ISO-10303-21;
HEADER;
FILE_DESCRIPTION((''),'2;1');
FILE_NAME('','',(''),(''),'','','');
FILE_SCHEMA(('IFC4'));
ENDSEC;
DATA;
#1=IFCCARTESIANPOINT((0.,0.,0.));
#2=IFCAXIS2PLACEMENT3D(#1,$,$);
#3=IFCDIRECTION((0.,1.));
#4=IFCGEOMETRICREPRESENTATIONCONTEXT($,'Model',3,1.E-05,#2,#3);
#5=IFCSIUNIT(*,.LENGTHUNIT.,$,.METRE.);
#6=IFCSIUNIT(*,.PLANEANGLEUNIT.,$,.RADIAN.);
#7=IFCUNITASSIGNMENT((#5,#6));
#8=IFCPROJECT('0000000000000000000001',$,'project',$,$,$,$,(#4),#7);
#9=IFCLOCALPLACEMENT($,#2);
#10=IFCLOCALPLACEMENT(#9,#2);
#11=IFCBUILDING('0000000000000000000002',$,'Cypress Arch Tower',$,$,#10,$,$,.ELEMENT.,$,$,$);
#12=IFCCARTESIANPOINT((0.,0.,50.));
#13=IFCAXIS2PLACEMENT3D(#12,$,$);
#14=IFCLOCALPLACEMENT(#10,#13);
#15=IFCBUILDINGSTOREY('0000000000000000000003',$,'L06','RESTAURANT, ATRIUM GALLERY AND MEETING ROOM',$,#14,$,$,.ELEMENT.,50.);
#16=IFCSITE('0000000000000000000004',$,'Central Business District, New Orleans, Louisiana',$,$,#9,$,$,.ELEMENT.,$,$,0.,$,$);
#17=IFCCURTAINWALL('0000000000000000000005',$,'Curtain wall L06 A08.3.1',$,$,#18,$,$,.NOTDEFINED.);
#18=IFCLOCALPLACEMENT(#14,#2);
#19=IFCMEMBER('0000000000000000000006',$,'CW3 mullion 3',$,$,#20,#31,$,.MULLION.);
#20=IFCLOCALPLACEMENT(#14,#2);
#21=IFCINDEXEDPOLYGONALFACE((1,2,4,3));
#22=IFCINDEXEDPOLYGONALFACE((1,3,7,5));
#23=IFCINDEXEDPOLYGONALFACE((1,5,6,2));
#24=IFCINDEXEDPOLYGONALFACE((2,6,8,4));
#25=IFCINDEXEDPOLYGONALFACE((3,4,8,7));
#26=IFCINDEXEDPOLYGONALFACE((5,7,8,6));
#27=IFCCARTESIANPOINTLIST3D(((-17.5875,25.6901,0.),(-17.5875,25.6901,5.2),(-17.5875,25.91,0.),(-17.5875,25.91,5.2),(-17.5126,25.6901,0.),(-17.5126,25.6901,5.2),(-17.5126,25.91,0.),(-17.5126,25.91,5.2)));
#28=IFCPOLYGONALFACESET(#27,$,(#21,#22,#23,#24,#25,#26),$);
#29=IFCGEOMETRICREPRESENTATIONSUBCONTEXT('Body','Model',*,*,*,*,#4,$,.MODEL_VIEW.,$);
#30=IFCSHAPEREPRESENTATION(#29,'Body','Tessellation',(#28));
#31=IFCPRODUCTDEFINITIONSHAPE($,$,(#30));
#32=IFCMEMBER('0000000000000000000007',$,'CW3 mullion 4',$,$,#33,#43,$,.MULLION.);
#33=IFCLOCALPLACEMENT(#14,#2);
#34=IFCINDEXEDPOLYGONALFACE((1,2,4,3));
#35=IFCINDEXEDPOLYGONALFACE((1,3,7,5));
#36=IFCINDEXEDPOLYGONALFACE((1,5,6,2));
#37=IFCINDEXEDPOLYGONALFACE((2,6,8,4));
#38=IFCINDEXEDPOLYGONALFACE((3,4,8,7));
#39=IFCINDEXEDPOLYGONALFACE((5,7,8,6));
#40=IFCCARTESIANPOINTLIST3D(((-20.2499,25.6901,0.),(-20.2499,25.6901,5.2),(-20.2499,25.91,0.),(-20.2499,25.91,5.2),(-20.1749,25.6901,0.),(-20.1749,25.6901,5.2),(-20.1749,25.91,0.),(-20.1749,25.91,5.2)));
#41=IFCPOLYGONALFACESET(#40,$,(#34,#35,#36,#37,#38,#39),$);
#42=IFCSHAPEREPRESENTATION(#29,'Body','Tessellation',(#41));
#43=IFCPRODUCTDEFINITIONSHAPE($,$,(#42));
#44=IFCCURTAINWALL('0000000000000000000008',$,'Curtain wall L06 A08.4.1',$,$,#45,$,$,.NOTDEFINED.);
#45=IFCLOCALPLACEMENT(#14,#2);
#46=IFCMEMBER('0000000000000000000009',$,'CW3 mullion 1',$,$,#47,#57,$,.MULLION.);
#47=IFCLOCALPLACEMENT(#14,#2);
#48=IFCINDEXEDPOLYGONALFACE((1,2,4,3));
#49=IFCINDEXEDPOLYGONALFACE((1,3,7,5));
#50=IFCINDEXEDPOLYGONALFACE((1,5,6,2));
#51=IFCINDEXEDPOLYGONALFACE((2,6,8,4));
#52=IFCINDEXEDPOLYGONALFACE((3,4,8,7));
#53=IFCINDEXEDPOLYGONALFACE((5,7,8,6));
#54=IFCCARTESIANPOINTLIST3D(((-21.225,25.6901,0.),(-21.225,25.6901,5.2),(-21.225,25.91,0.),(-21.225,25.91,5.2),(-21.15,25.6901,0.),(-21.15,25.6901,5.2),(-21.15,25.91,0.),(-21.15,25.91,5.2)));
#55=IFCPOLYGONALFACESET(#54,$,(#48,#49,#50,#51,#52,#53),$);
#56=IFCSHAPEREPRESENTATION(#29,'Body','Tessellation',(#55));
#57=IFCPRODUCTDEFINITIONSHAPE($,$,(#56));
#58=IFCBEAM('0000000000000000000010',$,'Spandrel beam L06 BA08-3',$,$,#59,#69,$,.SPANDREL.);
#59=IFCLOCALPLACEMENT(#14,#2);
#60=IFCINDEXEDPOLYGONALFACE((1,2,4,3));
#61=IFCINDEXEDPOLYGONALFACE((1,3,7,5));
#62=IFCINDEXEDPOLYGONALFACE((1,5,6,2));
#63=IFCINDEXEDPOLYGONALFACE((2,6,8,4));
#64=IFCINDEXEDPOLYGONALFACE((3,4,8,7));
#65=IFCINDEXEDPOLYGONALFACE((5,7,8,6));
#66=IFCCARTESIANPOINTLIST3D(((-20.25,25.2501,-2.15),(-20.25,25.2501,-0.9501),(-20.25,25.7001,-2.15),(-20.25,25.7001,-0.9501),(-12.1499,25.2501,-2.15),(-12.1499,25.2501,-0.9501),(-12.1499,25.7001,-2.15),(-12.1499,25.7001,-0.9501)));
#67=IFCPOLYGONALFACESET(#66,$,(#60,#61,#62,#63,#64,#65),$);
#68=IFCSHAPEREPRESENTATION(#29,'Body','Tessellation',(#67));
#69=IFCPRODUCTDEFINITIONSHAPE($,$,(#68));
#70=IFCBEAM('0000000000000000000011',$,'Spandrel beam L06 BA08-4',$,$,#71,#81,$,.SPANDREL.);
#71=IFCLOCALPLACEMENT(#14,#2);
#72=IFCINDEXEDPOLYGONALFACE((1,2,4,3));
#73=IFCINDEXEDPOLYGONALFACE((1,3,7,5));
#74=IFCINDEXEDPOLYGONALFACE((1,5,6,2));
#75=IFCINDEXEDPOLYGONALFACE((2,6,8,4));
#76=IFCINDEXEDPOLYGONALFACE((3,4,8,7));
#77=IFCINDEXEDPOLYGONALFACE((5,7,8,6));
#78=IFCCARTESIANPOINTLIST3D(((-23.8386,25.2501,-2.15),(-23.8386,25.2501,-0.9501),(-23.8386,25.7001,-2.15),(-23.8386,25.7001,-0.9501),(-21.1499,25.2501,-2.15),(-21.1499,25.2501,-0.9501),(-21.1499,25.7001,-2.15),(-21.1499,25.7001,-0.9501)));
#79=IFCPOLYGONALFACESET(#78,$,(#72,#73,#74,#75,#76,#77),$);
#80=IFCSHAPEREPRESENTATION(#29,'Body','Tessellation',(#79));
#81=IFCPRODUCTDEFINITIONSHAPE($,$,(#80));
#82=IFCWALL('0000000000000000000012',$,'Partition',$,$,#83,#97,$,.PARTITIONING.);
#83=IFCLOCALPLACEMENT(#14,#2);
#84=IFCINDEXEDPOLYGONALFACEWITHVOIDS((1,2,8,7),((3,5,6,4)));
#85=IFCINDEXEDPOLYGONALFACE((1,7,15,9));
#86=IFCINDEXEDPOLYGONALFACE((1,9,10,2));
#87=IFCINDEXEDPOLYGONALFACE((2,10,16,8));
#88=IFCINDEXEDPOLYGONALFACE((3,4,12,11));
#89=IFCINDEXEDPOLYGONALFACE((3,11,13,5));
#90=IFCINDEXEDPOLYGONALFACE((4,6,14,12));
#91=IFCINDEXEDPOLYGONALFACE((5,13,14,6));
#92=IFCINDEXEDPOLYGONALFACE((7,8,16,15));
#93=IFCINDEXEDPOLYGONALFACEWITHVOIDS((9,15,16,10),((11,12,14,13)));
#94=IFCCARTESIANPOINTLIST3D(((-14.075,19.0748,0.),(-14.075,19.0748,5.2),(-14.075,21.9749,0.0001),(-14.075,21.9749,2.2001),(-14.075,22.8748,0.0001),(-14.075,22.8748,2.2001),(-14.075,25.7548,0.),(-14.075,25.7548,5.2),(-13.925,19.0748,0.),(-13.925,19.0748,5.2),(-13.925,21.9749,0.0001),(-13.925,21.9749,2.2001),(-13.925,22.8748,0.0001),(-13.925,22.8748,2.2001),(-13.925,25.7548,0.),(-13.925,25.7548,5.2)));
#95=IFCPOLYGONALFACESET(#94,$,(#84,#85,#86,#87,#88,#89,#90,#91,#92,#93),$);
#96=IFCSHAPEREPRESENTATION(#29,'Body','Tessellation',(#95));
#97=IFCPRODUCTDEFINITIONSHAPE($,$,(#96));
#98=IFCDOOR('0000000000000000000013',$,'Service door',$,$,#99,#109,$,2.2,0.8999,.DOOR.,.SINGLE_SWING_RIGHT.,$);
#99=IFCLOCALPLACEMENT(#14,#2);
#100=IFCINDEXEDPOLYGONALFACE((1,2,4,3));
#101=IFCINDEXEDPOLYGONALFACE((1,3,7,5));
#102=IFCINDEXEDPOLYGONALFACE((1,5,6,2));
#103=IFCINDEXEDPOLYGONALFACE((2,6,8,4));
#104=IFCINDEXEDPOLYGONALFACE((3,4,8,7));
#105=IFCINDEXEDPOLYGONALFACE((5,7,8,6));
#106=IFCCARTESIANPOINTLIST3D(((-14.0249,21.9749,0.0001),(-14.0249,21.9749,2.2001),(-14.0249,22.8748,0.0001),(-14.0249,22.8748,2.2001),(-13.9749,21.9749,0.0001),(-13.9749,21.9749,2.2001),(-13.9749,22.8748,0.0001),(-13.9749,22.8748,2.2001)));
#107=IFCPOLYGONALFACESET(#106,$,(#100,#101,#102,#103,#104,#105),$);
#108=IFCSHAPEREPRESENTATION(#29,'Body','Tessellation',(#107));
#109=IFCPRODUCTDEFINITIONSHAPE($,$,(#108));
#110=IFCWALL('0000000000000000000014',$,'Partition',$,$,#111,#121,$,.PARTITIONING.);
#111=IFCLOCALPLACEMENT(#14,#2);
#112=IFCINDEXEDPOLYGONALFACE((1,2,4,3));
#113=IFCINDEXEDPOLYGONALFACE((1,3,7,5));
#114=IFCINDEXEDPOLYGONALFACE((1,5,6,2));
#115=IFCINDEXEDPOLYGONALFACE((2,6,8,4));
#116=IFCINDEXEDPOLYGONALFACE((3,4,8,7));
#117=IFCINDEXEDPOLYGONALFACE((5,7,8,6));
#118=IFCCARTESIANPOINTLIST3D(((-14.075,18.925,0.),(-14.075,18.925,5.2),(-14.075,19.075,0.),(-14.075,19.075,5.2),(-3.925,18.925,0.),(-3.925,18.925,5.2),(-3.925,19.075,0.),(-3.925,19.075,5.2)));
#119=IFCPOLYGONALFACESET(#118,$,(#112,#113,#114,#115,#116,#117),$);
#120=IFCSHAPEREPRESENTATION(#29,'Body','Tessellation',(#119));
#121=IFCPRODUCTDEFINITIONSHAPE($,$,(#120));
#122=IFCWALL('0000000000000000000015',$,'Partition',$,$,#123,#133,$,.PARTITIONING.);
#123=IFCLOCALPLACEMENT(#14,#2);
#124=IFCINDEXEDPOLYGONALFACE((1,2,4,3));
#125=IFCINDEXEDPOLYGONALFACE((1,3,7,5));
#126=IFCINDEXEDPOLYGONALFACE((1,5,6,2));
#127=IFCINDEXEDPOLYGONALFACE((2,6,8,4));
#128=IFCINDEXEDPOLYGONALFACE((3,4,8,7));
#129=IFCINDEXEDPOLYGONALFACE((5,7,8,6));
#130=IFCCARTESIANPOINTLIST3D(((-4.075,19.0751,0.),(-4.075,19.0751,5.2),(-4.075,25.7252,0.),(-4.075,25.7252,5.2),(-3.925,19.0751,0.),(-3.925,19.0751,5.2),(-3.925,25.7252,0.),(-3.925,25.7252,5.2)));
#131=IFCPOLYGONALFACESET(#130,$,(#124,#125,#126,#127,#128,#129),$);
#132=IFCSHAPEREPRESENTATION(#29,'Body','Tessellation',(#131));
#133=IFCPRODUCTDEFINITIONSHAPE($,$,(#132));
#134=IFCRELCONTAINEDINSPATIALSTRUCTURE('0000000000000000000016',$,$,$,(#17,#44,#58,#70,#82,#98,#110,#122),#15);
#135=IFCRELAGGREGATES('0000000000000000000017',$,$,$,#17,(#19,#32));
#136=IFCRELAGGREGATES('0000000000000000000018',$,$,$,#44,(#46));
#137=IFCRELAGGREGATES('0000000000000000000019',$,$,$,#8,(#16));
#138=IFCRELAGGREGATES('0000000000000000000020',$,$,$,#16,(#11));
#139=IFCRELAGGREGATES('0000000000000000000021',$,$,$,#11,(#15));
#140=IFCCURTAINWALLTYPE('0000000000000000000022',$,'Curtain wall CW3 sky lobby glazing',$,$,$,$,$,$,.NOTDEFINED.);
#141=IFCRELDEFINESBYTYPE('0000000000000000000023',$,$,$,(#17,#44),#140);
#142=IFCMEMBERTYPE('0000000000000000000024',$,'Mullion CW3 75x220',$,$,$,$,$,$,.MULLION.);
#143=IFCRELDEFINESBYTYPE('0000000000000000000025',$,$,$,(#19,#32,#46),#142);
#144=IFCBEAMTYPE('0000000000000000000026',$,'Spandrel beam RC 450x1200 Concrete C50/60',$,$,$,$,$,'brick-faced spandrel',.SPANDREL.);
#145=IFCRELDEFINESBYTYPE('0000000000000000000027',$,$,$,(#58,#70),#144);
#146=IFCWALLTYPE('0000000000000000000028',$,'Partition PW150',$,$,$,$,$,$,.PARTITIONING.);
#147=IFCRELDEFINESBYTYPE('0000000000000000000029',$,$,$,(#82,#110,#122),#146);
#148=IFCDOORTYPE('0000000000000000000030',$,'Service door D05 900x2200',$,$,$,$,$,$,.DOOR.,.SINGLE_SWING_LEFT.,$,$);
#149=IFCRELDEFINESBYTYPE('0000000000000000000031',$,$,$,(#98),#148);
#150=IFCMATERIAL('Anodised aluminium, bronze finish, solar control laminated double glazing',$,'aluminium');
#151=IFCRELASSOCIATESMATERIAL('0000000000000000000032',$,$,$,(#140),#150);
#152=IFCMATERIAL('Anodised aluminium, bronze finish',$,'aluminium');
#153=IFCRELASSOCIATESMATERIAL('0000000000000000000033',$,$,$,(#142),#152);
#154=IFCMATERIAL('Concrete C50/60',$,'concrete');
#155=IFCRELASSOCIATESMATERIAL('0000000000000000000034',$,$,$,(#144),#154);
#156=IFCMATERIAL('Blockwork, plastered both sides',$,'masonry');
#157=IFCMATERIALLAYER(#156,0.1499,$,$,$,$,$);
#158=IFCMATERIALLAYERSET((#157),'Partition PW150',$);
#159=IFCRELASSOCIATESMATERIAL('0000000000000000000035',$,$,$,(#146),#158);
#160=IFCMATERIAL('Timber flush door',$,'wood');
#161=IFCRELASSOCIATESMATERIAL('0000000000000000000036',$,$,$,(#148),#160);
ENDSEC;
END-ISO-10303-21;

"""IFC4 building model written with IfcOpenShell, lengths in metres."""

from ifc_helpers import new_model, si_unit, direction, frame, frame_2d, origin, origin_2d, place, context, subcontext, project, spatial, rectangle, extrude, material, layer, layer_set, material_profile, profile_set, type_object, element, fill, aggregate, save


model = new_model("IFC4")

# Units and contexts
model_context = context("Model", 3, precision=1e-05, world=origin(), true_north=direction((0.0, 1.0)))
body_context = subcontext(model_context, "Body", "Model", "MODEL_VIEW")
ifc_project = project(units=[si_unit("LENGTHUNIT", "METRE"), si_unit("PLANEANGLEUNIT", "RADIAN")], contexts=[model_context])

# Site, building, storey
site_placement = place(None, origin())
site = spatial("IfcSite", under=ifc_project, at=site_placement, Name="Central Business District, New Orleans, Louisiana", CompositionType="ELEMENT", RefElevation=0.0)
building_placement = place(site_placement, origin())
building = spatial("IfcBuilding", under=site, at=building_placement, Name="Cypress Arch Tower", CompositionType="ELEMENT")
storey_placement = place(building_placement, frame((0.0, 0.0, 50.0)))
storey = spatial("IfcBuildingStorey", under=building, at=storey_placement, Name="L06", Description="RESTAURANT, ATRIUM GALLERY AND MEETING ROOM", CompositionType="ELEMENT", Elevation=50.0)

# Curtain wall, members
ifc_material_1 = material(Name="Anodised aluminium, bronze finish, solar control laminated double glazing", Category="aluminium")
curtain_wall_type = type_object("IfcCurtainWallType", Name="Curtain wall CW3 sky lobby glazing", PredefinedType="NOTDEFINED", material=ifc_material_1)
curtain_wall_1_placement = place(storey_placement, origin())
curtain_wall_1 = element("IfcCurtainWall", 1, at=curtain_wall_1_placement, inside=storey, type_object=curtain_wall_type, Name="Curtain wall L06 A08.3.1", PredefinedType="NOTDEFINED")
ifc_material_2 = material(Name="Anodised aluminium, bronze finish", Category="aluminium")
ifc_material_profile_1 = material_profile(ifc_material_2, rectangle(XDim=0.22, YDim=0.075, at=origin_2d()), Name="Mullion 75x220")
ifc_profile_set_1 = profile_set([ifc_material_profile_1], Name="Anodised aluminium, bronze finish")
member_type = type_object("IfcMemberType", Name="Mullion CW3 75x220", PredefinedType="MULLION", material=ifc_profile_set_1)
member_1_placement = place(storey_placement, frame((-17.55, 25.8, 0.0), z_axis=(0.0, 0.0, 1.0), x_axis=(0.0, -1.0, 0.0)))
member_1 = element("IfcMember", 2, at=member_1_placement, type_object=member_type, Name="CW3 mullion 3", PredefinedType="MULLION", context=body_context, shape_type="SweptSolid", body=[
    extrude(rectangle(XDim=0.22, YDim=0.075, at=origin_2d()), origin(), (0.0, 0.0, 1.0), 5.2),
])
member_2_placement = place(storey_placement, frame((-20.2124, 25.8, 0.0), z_axis=(0.0, 0.0, 1.0), x_axis=(0.0, -1.0, 0.0)))
member_2 = element("IfcMember", 3, at=member_2_placement, type_object=member_type, Name="CW3 mullion 4", PredefinedType="MULLION", context=body_context, shape_type="SweptSolid", body=[
    extrude(rectangle(XDim=0.22, YDim=0.075, at=origin_2d()), origin(), (0.0, 0.0, 1.0), 5.2),
])
aggregate(curtain_wall_1, [member_1, member_2])

# Curtain wall, member
curtain_wall_2_placement = place(storey_placement, origin())
curtain_wall_2 = element("IfcCurtainWall", 4, at=curtain_wall_2_placement, inside=storey, type_object=curtain_wall_type, Name="Curtain wall L06 A08.4.1", PredefinedType="NOTDEFINED")
member_3_placement = place(storey_placement, frame((-21.1875, 25.8, 0.0), z_axis=(0.0, 0.0, 1.0), x_axis=(0.0, -1.0, 0.0)))
member_3 = element("IfcMember", 5, at=member_3_placement, type_object=member_type, Name="CW3 mullion 1", PredefinedType="MULLION", context=body_context, shape_type="SweptSolid", body=[
    extrude(rectangle(XDim=0.22, YDim=0.075, at=origin_2d()), origin(), (0.0, 0.0, 1.0), 5.2),
])
aggregate(curtain_wall_2, [member_3])

# Beams
ifc_material_3 = material(Name="Concrete C50/60", Category="concrete")
ifc_material_profile_2 = material_profile(ifc_material_3, rectangle(XDim=0.45, YDim=1.2, at=origin_2d()), Name="RC 450x1200")
ifc_profile_set_2 = profile_set([ifc_material_profile_2], Name="Concrete C50/60")
beam_type_1 = type_object("IfcBeamType", Name="Spandrel beam RC 450x1200 Concrete C50/60", ElementType="brick-faced spandrel", PredefinedType="SPANDREL", material=ifc_profile_set_2)
beam_1_placement = place(storey_placement, frame((-12.1499, 25.4751, -1.55), z_axis=(-1.0, 0.0, 0.0), x_axis=(0.0, -1.0, 0.0)))
element("IfcBeam", 6, at=beam_1_placement, inside=storey, type_object=beam_type_1, Name="Spandrel beam L06 BA08-3", PredefinedType="SPANDREL", context=body_context, shape_type="SweptSolid", body=[
    extrude(rectangle(XDim=0.45, YDim=1.2, at=origin_2d()), origin(), (0.0, 0.0, 1.0), 8.1001),
])
beam_2_placement = place(storey_placement, frame((-21.1499, 25.4751, -1.55), z_axis=(-1.0, 0.0, 0.0), x_axis=(0.0, -1.0, 0.0)))
element("IfcBeam", 7, at=beam_2_placement, inside=storey, type_object=beam_type_1, Name="Spandrel beam L06 BA08-4", PredefinedType="SPANDREL", context=body_context, shape_type="SweptSolid", body=[
    extrude(rectangle(XDim=0.45, YDim=1.2, at=origin_2d()), origin(), (0.0, 0.0, 1.0), 2.6887),
])

# Wall, opening, door
ifc_material_4 = material(Name="Blockwork, plastered both sides", Category="masonry")
ifc_layer = layer(ifc_material_4, 0.1499)
ifc_layer_set = layer_set([ifc_layer], Name="Partition PW150")
wall_type = type_object("IfcWallType", Name="Partition PW150", PredefinedType="PARTITIONING", material=ifc_layer_set)
wall_1_placement = place(storey_placement, frame((-14.0, 19.075, 0.0), z_axis=(0.0, 0.0, 1.0), x_axis=(0.0, 1.0, 0.0)))
wall_1 = element("IfcWall", 8, at=wall_1_placement, inside=storey, type_object=wall_type, Name="Partition", PredefinedType="PARTITIONING", context=body_context, shape_type="SweptSolid", body=[
    extrude(rectangle(XDim=6.6799, YDim=0.1499, at=frame_2d((3.3398, 0.0))), origin(), (0.0, 0.0, 1.0), 5.2),
])
opening_placement = place(wall_1_placement, frame((2.8999, 0.0, 0.0)))
opening = element("IfcOpeningElement", 9, at=opening_placement, cuts=wall_1, PredefinedType="OPENING", context=body_context, shape_type="SweptSolid", body=[
    extrude(rectangle(XDim=0.8999, YDim=2.2, at=frame_2d((0.45, 1.1001))), frame((0.0, 0.085, 0.0), z_axis=(0.0, -1.0, 0.0), x_axis=(1.0, 0.0, 0.0)), (0.0, 0.0, 1.0), 0.1699),
])
ifc_material_5 = material(Name="Timber flush door", Category="wood")
door_type = type_object("IfcDoorType", Name="Service door D05 900x2200", OperationType="SINGLE_SWING_LEFT", PredefinedType="DOOR", material=ifc_material_5)
door_placement = place(opening_placement, origin())
door = element("IfcDoor", 10, at=door_placement, inside=storey, type_object=door_type, Name="Service door", OperationType="SINGLE_SWING_RIGHT", OverallHeight=2.2, OverallWidth=0.8999, PredefinedType="DOOR", context=body_context, shape_type="SweptSolid", body=[
    extrude(rectangle(XDim=0.8999, YDim=2.2, at=frame_2d((0.45, 1.1001))), frame((0.0, 0.0249, 0.0), z_axis=(0.0, -1.0, 0.0), x_axis=(1.0, 0.0, 0.0)), (0.0, 0.0, 1.0), 0.05),
])
fill(opening, door)

# Walls
wall_2_placement = place(storey_placement, frame((-14.075, 19.0, 0.0), z_axis=(0.0, 0.0, 1.0), x_axis=(1.0, 0.0, 0.0)))
element("IfcWall", 11, at=wall_2_placement, inside=storey, type_object=wall_type, Name="Partition", PredefinedType="PARTITIONING", context=body_context, shape_type="SweptSolid", body=[
    extrude(rectangle(XDim=10.1499, YDim=0.1499, at=frame_2d((5.075, 0.0))), origin(), (0.0, 0.0, 1.0), 5.2),
])
wall_3_placement = place(storey_placement, frame((-4.0, 19.075, 0.0), z_axis=(0.0, 0.0, 1.0), x_axis=(0.0, 1.0, 0.0)))
element("IfcWall", 12, at=wall_3_placement, inside=storey, type_object=wall_type, Name="Partition", PredefinedType="PARTITIONING", context=body_context, shape_type="SweptSolid", body=[
    extrude(rectangle(XDim=6.6501, YDim=0.1499, at=frame_2d((3.3252, 0.0))), origin(), (0.0, 0.0, 1.0), 5.2),
])

save(model, "model.ifc")
